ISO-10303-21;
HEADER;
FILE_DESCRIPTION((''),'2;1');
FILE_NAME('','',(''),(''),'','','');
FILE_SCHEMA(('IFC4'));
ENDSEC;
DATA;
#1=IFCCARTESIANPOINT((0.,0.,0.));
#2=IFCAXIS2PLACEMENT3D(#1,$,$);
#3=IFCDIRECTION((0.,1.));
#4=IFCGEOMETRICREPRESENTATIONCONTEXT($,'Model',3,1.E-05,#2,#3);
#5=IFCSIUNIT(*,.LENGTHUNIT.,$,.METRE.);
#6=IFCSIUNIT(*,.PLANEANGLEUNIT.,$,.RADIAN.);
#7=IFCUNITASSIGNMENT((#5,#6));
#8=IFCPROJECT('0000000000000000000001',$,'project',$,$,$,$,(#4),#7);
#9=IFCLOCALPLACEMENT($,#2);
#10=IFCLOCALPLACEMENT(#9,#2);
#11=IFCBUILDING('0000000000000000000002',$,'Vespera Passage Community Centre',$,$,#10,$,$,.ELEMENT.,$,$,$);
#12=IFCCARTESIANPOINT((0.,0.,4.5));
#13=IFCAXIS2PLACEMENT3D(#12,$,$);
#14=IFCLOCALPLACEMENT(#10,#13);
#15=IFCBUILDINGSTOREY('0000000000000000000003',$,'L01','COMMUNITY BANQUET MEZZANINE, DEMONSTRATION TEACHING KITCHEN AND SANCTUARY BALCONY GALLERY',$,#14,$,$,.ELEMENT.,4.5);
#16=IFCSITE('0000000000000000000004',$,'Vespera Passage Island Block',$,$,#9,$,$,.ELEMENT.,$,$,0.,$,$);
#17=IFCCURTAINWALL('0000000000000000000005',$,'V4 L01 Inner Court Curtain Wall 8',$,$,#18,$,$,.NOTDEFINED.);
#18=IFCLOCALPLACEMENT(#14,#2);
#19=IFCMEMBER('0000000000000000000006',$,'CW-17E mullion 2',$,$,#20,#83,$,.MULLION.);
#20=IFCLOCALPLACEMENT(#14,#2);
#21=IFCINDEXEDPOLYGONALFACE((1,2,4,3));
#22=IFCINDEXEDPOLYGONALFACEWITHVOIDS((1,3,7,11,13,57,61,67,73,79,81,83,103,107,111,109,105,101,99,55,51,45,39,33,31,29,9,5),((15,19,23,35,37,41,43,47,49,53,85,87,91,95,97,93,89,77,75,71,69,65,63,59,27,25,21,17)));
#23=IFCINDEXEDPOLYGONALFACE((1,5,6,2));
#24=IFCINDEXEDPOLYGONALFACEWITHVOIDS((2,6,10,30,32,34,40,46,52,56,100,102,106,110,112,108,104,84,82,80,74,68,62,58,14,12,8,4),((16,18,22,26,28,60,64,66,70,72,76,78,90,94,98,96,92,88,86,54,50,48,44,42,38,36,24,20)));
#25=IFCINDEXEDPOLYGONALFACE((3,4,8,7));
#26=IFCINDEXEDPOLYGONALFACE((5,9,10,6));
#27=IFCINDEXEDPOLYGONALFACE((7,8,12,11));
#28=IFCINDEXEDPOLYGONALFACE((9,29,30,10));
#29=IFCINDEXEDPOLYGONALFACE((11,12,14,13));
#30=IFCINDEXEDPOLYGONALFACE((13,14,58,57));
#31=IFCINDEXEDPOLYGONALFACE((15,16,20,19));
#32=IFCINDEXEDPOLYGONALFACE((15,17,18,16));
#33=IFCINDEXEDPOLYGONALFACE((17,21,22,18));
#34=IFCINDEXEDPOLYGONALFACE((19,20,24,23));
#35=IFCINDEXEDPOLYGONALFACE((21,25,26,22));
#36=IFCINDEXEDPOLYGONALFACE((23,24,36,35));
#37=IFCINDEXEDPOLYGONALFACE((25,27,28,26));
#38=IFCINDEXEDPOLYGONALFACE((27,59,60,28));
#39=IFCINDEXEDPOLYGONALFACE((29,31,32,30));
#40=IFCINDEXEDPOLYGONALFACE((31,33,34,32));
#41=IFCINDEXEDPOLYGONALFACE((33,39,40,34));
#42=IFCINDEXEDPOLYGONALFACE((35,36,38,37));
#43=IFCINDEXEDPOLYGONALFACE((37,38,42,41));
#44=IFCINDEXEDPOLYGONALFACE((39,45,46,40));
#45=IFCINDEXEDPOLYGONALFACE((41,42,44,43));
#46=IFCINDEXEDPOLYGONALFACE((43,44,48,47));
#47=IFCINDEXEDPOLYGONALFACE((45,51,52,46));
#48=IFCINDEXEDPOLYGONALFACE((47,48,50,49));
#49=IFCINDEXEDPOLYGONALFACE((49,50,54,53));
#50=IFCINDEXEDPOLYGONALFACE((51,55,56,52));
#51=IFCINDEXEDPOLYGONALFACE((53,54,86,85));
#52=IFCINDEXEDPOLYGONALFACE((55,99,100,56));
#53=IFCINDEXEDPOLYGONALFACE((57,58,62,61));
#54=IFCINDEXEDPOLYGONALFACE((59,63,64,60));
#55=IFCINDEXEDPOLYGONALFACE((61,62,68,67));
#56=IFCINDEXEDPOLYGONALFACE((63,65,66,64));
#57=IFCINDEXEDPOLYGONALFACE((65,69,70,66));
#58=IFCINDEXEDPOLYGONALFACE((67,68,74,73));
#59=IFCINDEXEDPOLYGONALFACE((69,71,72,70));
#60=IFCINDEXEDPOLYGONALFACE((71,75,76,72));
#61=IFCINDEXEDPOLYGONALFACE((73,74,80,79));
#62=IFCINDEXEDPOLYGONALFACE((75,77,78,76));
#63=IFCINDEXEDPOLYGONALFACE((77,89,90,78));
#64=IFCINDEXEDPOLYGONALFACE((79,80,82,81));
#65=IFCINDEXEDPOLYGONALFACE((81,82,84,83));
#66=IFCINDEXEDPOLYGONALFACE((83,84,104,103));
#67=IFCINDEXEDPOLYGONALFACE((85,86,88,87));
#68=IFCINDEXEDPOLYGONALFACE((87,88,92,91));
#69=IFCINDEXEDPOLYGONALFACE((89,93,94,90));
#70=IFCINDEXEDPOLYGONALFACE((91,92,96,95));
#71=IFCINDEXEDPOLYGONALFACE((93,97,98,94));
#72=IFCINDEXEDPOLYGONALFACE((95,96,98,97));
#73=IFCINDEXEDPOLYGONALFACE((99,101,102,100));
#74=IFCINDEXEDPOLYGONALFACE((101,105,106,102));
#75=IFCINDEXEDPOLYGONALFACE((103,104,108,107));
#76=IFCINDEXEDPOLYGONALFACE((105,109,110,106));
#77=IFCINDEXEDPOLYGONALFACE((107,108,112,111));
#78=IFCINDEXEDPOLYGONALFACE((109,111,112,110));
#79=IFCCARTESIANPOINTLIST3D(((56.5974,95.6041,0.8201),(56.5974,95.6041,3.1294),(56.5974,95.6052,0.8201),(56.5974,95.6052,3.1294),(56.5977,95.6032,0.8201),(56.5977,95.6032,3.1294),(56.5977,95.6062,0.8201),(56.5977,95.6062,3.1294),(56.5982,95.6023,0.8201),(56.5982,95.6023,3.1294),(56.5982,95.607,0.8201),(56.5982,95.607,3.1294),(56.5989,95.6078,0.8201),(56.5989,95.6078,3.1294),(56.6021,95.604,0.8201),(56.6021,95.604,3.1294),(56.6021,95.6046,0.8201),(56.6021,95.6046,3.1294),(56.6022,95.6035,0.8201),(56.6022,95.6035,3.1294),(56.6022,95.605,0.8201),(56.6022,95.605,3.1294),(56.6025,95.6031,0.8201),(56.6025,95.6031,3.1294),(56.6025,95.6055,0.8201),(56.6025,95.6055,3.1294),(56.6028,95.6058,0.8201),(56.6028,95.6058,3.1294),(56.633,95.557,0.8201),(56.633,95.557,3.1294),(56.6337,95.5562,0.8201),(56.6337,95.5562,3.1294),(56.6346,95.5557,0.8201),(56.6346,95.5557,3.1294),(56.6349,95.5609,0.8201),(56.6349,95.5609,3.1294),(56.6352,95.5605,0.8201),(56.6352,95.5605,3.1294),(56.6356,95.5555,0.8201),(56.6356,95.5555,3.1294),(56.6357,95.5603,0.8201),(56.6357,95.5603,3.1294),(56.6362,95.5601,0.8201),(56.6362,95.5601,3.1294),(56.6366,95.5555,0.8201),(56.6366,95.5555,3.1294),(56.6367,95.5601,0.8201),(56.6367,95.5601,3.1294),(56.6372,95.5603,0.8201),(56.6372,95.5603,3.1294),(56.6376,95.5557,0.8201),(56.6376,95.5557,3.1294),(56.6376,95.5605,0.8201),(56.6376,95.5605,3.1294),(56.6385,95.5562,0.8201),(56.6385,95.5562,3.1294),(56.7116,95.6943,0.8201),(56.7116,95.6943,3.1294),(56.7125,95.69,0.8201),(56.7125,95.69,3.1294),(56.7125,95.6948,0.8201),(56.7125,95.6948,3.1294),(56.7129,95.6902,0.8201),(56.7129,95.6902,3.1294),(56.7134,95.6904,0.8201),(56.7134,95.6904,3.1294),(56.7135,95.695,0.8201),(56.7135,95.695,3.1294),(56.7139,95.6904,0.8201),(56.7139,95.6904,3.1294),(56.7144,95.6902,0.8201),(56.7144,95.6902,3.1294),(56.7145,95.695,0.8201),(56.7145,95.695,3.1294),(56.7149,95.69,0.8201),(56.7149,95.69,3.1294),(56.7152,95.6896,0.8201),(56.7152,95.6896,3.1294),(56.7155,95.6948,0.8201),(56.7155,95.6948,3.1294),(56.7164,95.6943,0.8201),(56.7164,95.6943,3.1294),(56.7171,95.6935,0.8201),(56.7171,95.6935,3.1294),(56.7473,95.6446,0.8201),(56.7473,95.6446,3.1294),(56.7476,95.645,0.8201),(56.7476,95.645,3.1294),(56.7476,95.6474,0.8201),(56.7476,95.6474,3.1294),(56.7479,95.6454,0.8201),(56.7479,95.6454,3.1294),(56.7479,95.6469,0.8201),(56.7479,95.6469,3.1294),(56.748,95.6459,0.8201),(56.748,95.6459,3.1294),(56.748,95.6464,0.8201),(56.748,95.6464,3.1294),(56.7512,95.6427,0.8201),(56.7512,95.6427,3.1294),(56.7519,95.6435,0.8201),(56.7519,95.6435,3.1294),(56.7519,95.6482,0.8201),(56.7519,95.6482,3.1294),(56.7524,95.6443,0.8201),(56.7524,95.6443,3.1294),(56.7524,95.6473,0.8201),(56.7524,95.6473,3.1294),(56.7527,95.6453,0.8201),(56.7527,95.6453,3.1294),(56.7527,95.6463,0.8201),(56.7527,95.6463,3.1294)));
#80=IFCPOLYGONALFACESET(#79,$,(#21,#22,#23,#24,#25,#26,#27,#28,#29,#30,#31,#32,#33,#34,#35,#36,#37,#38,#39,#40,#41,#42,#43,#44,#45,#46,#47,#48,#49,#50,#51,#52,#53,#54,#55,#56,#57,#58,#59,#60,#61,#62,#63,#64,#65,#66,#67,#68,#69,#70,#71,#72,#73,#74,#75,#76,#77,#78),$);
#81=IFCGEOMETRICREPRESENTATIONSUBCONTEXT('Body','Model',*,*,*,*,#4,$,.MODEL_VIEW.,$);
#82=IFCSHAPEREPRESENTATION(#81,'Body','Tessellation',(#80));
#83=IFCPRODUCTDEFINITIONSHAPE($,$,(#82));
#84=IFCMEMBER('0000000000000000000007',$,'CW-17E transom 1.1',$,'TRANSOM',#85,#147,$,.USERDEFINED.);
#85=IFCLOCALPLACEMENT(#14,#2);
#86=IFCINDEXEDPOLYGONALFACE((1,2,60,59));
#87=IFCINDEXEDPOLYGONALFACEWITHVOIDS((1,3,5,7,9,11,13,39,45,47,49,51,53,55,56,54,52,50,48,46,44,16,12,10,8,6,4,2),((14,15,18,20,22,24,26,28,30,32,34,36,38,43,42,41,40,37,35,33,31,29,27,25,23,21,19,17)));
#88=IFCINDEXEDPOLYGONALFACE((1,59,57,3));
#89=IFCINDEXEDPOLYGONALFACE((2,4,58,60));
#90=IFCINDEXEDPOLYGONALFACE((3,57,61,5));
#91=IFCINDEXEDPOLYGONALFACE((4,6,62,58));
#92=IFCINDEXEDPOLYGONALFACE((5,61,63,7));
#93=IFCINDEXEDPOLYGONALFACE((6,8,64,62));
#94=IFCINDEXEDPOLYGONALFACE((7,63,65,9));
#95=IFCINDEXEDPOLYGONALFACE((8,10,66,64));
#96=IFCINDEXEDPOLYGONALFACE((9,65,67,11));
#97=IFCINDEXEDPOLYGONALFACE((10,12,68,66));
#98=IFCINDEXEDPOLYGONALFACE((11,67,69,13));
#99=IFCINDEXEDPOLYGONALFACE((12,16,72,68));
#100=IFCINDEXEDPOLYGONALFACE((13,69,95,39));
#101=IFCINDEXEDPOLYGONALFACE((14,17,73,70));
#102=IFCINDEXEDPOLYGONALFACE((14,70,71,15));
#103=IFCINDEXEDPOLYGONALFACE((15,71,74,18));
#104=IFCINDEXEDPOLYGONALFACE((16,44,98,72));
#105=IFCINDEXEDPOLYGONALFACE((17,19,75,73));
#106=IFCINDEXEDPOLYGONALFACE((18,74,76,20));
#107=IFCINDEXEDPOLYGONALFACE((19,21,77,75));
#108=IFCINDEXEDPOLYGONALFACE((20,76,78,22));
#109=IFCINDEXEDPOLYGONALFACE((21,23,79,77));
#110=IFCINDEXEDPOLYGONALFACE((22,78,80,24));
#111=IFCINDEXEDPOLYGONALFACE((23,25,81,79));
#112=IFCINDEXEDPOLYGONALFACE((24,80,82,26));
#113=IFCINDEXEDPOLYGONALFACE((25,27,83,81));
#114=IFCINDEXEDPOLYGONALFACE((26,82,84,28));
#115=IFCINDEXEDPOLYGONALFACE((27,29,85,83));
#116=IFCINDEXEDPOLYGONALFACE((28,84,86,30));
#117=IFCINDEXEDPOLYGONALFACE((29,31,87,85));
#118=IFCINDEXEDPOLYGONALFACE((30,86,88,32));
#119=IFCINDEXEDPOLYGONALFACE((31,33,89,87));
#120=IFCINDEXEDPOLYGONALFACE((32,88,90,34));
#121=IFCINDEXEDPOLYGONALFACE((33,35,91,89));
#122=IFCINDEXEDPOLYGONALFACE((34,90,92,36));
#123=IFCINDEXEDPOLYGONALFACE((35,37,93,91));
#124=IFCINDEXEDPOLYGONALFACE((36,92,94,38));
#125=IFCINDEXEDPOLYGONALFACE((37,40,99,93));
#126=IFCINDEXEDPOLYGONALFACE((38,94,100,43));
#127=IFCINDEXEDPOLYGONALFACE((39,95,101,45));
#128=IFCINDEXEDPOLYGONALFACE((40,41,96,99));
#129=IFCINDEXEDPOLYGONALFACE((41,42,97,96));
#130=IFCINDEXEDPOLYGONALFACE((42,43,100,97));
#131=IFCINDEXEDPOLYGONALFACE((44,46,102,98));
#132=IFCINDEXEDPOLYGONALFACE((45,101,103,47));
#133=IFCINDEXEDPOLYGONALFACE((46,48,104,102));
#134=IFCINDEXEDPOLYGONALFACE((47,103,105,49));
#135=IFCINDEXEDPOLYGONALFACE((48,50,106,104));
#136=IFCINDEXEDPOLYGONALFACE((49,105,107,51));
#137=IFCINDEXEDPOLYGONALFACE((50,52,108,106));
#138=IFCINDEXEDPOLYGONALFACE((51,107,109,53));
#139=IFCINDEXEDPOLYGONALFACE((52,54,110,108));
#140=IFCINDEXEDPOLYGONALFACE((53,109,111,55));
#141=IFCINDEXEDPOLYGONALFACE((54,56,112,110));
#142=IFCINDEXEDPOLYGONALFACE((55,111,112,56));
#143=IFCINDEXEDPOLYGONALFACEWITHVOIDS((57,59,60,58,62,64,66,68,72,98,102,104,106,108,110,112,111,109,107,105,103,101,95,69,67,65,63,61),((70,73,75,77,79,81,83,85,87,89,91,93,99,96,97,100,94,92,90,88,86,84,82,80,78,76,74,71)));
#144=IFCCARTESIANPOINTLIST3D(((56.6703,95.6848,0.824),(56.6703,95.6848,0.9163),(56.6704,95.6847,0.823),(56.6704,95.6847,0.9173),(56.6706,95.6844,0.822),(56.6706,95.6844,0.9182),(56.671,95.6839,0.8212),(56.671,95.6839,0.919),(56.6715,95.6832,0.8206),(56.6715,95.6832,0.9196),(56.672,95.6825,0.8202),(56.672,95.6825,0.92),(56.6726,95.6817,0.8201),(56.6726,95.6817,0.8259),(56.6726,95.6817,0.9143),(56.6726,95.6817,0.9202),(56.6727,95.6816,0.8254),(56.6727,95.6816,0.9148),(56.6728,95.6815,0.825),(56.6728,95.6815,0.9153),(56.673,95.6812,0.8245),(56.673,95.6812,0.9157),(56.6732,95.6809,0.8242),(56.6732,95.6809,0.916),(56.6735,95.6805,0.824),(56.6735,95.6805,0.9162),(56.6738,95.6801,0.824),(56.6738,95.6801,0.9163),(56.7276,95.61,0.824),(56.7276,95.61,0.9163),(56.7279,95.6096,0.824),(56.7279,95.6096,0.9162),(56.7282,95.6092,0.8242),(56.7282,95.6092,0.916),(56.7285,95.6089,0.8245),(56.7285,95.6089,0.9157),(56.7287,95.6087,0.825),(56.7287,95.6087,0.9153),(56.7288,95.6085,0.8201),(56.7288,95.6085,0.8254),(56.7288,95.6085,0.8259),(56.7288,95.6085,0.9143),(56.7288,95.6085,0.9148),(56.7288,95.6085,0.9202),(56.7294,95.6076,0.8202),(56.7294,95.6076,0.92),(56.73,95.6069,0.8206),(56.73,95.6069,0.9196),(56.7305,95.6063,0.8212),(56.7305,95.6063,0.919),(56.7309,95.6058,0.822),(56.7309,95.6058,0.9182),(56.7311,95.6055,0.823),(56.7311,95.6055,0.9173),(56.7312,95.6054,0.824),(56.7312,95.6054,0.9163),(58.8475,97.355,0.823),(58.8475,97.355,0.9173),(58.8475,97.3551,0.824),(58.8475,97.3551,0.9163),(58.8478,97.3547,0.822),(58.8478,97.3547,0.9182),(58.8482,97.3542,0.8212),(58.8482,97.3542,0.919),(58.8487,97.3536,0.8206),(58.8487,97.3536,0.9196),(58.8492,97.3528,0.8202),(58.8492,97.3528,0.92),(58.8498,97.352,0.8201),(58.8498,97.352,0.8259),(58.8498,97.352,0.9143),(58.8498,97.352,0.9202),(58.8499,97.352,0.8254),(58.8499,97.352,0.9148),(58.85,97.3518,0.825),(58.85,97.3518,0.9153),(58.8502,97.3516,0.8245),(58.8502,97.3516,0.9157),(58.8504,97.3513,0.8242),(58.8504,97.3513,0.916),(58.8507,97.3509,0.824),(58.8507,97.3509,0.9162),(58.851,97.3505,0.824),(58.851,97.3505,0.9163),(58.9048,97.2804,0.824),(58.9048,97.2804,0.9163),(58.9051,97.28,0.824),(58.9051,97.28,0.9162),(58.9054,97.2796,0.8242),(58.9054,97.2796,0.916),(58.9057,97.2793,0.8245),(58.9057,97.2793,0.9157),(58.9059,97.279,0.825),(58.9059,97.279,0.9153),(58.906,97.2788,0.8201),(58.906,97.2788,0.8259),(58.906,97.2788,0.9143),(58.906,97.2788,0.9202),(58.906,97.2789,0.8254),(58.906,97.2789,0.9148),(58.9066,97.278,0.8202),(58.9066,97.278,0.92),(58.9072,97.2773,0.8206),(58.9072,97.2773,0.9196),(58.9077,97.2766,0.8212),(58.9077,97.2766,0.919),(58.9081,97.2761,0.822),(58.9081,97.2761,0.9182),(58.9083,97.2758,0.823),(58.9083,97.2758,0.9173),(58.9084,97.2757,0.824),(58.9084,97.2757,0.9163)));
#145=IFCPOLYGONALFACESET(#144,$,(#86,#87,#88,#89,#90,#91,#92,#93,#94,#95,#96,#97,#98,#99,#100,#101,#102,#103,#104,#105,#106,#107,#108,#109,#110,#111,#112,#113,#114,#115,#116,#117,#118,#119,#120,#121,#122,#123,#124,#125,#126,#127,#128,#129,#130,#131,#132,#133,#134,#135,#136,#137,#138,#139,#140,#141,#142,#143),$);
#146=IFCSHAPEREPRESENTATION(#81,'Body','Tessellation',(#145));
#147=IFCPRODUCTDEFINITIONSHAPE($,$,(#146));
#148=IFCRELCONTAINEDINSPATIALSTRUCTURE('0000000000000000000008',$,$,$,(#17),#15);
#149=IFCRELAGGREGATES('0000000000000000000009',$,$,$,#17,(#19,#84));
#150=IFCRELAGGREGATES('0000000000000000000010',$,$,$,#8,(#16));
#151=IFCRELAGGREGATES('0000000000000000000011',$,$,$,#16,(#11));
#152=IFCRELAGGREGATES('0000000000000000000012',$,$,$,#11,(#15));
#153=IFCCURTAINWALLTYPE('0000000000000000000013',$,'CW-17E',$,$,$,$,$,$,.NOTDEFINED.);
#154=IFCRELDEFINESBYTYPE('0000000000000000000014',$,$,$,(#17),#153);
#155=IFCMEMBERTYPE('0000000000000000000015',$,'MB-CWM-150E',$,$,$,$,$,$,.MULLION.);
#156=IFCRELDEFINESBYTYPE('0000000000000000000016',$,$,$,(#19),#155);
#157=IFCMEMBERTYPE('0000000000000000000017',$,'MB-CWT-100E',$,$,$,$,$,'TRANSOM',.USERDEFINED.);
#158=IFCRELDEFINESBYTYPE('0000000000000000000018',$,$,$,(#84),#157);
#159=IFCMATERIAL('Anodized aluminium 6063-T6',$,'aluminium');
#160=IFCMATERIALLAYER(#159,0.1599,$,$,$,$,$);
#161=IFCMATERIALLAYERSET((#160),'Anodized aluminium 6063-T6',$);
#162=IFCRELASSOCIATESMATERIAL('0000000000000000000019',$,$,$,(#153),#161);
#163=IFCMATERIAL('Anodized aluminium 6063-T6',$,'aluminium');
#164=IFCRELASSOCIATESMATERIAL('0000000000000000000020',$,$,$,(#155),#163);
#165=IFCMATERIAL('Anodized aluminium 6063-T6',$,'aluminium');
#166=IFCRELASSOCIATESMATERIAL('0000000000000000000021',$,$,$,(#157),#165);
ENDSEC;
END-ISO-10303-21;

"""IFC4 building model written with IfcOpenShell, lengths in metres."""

from ifc_helpers import new_model, si_unit, direction, frame, origin, origin_2d, place, context, subcontext, project, spatial, hollow_rectangle, extrude, material, layer, layer_set, material_profile, profile_set, type_object, element, aggregate, save


model = new_model("IFC4")

# Units and contexts
model_context = context("Model", 3, precision=1e-05, world=origin(), true_north=direction((0.0, 1.0)))
body_context = subcontext(model_context, "Body", "Model", "MODEL_VIEW")
ifc_project = project(units=[si_unit("LENGTHUNIT", "METRE"), si_unit("PLANEANGLEUNIT", "RADIAN")], contexts=[model_context])

# Site, building, storey
site_placement = place(None, origin())
site = spatial("IfcSite", under=ifc_project, at=site_placement, Name="Vespera Passage Island Block", CompositionType="ELEMENT", RefElevation=0.0)
building_placement = place(site_placement, origin())
building = spatial("IfcBuilding", under=site, at=building_placement, Name="Vespera Passage Community Centre", CompositionType="ELEMENT")
storey_placement = place(building_placement, frame((0.0, 0.0, 4.5)))
storey = spatial("IfcBuildingStorey", under=building, at=storey_placement, Name="L01", Description="COMMUNITY BANQUET MEZZANINE, DEMONSTRATION TEACHING KITCHEN AND SANCTUARY BALCONY GALLERY", CompositionType="ELEMENT", Elevation=4.5)

# Curtain wall, members
ifc_material_1 = material(Name="Anodized aluminium 6063-T6", Category="aluminium")
ifc_layer_1 = layer(ifc_material_1, 0.1599)
ifc_layer_set_1 = layer_set([ifc_layer_1], Name="Anodized aluminium 6063-T6")
curtain_wall_type = type_object("IfcCurtainWallType", Name="CW-17E", PredefinedType="NOTDEFINED", material=ifc_layer_set_1)
curtain_wall_placement = place(storey_placement, origin())
curtain_wall = element("IfcCurtainWall", 1, at=curtain_wall_placement, inside=storey, type_object=curtain_wall_type, Name="V4 L01 Inner Court Curtain Wall 8", PredefinedType="NOTDEFINED")
ifc_material_2 = material(Name="Anodized aluminium 6063-T6", Category="aluminium")
ifc_material_profile_1 = material_profile(ifc_material_2, hollow_rectangle(XDim=0.0649, YDim=0.1499, WallThickness=0.0039, InnerFilletRadius=0.002, OuterFilletRadius=0.0039, at=origin_2d()), Name="ALU150X65X4")
ifc_profile_set_1 = profile_set([ifc_material_profile_1], Name="Anodized aluminium 6063-T6")
member_type_1 = type_object("IfcMemberType", Name="MB-CWM-150E", PredefinedType="MULLION", material=ifc_profile_set_1)
member_1_placement = place(storey_placement, frame((56.675, 95.6252, 0.8201), z_axis=(0.0, 0.0, 1.0), x_axis=(0.608755, -0.793358, 0.0)))
member_1 = element("IfcMember", 2, at=member_1_placement, type_object=member_type_1, Name="CW-17E mullion 2", PredefinedType="MULLION", context=body_context, shape_type="SweptSolid", body=[
    extrude(hollow_rectangle(XDim=0.0649, YDim=0.1499, WallThickness=0.0039, InnerFilletRadius=0.002, OuterFilletRadius=0.0039, at=origin_2d()), origin(), (0.0, 0.0, 1.0), 2.3093),
])
ifc_material_3 = material(Name="Anodized aluminium 6063-T6", Category="aluminium")
ifc_material_profile_2 = material_profile(ifc_material_3, hollow_rectangle(XDim=0.1001, YDim=0.1001, WallThickness=0.0039, InnerFilletRadius=0.002, OuterFilletRadius=0.0039, at=origin_2d()), Name="ALU100X100X4")
ifc_profile_set_2 = profile_set([ifc_material_profile_2], Name="Anodized aluminium 6063-T6")
member_type_2 = type_object("IfcMemberType", Name="MB-CWT-100E", ElementType="TRANSOM", PredefinedType="USERDEFINED", material=ifc_profile_set_2)
member_2_placement = place(storey_placement, frame((58.8779, 97.3154, 0.8701), z_axis=(-0.793397, -0.608704, 0.0), x_axis=(0.608704, -0.793397, 0.0)))
member_2 = element("IfcMember", 3, at=member_2_placement, type_object=member_type_2, Name="CW-17E transom 1.1", ObjectType="TRANSOM", PredefinedType="USERDEFINED", context=body_context, shape_type="SweptSolid", body=[
    extrude(hollow_rectangle(XDim=0.1001, YDim=0.1001, WallThickness=0.0039, InnerFilletRadius=0.002, OuterFilletRadius=0.0039, at=origin_2d()), origin(), (0.0, 0.0, 1.0), 2.7441),
])
aggregate(curtain_wall, [member_1, member_2])

save(model, "model.ifc")
